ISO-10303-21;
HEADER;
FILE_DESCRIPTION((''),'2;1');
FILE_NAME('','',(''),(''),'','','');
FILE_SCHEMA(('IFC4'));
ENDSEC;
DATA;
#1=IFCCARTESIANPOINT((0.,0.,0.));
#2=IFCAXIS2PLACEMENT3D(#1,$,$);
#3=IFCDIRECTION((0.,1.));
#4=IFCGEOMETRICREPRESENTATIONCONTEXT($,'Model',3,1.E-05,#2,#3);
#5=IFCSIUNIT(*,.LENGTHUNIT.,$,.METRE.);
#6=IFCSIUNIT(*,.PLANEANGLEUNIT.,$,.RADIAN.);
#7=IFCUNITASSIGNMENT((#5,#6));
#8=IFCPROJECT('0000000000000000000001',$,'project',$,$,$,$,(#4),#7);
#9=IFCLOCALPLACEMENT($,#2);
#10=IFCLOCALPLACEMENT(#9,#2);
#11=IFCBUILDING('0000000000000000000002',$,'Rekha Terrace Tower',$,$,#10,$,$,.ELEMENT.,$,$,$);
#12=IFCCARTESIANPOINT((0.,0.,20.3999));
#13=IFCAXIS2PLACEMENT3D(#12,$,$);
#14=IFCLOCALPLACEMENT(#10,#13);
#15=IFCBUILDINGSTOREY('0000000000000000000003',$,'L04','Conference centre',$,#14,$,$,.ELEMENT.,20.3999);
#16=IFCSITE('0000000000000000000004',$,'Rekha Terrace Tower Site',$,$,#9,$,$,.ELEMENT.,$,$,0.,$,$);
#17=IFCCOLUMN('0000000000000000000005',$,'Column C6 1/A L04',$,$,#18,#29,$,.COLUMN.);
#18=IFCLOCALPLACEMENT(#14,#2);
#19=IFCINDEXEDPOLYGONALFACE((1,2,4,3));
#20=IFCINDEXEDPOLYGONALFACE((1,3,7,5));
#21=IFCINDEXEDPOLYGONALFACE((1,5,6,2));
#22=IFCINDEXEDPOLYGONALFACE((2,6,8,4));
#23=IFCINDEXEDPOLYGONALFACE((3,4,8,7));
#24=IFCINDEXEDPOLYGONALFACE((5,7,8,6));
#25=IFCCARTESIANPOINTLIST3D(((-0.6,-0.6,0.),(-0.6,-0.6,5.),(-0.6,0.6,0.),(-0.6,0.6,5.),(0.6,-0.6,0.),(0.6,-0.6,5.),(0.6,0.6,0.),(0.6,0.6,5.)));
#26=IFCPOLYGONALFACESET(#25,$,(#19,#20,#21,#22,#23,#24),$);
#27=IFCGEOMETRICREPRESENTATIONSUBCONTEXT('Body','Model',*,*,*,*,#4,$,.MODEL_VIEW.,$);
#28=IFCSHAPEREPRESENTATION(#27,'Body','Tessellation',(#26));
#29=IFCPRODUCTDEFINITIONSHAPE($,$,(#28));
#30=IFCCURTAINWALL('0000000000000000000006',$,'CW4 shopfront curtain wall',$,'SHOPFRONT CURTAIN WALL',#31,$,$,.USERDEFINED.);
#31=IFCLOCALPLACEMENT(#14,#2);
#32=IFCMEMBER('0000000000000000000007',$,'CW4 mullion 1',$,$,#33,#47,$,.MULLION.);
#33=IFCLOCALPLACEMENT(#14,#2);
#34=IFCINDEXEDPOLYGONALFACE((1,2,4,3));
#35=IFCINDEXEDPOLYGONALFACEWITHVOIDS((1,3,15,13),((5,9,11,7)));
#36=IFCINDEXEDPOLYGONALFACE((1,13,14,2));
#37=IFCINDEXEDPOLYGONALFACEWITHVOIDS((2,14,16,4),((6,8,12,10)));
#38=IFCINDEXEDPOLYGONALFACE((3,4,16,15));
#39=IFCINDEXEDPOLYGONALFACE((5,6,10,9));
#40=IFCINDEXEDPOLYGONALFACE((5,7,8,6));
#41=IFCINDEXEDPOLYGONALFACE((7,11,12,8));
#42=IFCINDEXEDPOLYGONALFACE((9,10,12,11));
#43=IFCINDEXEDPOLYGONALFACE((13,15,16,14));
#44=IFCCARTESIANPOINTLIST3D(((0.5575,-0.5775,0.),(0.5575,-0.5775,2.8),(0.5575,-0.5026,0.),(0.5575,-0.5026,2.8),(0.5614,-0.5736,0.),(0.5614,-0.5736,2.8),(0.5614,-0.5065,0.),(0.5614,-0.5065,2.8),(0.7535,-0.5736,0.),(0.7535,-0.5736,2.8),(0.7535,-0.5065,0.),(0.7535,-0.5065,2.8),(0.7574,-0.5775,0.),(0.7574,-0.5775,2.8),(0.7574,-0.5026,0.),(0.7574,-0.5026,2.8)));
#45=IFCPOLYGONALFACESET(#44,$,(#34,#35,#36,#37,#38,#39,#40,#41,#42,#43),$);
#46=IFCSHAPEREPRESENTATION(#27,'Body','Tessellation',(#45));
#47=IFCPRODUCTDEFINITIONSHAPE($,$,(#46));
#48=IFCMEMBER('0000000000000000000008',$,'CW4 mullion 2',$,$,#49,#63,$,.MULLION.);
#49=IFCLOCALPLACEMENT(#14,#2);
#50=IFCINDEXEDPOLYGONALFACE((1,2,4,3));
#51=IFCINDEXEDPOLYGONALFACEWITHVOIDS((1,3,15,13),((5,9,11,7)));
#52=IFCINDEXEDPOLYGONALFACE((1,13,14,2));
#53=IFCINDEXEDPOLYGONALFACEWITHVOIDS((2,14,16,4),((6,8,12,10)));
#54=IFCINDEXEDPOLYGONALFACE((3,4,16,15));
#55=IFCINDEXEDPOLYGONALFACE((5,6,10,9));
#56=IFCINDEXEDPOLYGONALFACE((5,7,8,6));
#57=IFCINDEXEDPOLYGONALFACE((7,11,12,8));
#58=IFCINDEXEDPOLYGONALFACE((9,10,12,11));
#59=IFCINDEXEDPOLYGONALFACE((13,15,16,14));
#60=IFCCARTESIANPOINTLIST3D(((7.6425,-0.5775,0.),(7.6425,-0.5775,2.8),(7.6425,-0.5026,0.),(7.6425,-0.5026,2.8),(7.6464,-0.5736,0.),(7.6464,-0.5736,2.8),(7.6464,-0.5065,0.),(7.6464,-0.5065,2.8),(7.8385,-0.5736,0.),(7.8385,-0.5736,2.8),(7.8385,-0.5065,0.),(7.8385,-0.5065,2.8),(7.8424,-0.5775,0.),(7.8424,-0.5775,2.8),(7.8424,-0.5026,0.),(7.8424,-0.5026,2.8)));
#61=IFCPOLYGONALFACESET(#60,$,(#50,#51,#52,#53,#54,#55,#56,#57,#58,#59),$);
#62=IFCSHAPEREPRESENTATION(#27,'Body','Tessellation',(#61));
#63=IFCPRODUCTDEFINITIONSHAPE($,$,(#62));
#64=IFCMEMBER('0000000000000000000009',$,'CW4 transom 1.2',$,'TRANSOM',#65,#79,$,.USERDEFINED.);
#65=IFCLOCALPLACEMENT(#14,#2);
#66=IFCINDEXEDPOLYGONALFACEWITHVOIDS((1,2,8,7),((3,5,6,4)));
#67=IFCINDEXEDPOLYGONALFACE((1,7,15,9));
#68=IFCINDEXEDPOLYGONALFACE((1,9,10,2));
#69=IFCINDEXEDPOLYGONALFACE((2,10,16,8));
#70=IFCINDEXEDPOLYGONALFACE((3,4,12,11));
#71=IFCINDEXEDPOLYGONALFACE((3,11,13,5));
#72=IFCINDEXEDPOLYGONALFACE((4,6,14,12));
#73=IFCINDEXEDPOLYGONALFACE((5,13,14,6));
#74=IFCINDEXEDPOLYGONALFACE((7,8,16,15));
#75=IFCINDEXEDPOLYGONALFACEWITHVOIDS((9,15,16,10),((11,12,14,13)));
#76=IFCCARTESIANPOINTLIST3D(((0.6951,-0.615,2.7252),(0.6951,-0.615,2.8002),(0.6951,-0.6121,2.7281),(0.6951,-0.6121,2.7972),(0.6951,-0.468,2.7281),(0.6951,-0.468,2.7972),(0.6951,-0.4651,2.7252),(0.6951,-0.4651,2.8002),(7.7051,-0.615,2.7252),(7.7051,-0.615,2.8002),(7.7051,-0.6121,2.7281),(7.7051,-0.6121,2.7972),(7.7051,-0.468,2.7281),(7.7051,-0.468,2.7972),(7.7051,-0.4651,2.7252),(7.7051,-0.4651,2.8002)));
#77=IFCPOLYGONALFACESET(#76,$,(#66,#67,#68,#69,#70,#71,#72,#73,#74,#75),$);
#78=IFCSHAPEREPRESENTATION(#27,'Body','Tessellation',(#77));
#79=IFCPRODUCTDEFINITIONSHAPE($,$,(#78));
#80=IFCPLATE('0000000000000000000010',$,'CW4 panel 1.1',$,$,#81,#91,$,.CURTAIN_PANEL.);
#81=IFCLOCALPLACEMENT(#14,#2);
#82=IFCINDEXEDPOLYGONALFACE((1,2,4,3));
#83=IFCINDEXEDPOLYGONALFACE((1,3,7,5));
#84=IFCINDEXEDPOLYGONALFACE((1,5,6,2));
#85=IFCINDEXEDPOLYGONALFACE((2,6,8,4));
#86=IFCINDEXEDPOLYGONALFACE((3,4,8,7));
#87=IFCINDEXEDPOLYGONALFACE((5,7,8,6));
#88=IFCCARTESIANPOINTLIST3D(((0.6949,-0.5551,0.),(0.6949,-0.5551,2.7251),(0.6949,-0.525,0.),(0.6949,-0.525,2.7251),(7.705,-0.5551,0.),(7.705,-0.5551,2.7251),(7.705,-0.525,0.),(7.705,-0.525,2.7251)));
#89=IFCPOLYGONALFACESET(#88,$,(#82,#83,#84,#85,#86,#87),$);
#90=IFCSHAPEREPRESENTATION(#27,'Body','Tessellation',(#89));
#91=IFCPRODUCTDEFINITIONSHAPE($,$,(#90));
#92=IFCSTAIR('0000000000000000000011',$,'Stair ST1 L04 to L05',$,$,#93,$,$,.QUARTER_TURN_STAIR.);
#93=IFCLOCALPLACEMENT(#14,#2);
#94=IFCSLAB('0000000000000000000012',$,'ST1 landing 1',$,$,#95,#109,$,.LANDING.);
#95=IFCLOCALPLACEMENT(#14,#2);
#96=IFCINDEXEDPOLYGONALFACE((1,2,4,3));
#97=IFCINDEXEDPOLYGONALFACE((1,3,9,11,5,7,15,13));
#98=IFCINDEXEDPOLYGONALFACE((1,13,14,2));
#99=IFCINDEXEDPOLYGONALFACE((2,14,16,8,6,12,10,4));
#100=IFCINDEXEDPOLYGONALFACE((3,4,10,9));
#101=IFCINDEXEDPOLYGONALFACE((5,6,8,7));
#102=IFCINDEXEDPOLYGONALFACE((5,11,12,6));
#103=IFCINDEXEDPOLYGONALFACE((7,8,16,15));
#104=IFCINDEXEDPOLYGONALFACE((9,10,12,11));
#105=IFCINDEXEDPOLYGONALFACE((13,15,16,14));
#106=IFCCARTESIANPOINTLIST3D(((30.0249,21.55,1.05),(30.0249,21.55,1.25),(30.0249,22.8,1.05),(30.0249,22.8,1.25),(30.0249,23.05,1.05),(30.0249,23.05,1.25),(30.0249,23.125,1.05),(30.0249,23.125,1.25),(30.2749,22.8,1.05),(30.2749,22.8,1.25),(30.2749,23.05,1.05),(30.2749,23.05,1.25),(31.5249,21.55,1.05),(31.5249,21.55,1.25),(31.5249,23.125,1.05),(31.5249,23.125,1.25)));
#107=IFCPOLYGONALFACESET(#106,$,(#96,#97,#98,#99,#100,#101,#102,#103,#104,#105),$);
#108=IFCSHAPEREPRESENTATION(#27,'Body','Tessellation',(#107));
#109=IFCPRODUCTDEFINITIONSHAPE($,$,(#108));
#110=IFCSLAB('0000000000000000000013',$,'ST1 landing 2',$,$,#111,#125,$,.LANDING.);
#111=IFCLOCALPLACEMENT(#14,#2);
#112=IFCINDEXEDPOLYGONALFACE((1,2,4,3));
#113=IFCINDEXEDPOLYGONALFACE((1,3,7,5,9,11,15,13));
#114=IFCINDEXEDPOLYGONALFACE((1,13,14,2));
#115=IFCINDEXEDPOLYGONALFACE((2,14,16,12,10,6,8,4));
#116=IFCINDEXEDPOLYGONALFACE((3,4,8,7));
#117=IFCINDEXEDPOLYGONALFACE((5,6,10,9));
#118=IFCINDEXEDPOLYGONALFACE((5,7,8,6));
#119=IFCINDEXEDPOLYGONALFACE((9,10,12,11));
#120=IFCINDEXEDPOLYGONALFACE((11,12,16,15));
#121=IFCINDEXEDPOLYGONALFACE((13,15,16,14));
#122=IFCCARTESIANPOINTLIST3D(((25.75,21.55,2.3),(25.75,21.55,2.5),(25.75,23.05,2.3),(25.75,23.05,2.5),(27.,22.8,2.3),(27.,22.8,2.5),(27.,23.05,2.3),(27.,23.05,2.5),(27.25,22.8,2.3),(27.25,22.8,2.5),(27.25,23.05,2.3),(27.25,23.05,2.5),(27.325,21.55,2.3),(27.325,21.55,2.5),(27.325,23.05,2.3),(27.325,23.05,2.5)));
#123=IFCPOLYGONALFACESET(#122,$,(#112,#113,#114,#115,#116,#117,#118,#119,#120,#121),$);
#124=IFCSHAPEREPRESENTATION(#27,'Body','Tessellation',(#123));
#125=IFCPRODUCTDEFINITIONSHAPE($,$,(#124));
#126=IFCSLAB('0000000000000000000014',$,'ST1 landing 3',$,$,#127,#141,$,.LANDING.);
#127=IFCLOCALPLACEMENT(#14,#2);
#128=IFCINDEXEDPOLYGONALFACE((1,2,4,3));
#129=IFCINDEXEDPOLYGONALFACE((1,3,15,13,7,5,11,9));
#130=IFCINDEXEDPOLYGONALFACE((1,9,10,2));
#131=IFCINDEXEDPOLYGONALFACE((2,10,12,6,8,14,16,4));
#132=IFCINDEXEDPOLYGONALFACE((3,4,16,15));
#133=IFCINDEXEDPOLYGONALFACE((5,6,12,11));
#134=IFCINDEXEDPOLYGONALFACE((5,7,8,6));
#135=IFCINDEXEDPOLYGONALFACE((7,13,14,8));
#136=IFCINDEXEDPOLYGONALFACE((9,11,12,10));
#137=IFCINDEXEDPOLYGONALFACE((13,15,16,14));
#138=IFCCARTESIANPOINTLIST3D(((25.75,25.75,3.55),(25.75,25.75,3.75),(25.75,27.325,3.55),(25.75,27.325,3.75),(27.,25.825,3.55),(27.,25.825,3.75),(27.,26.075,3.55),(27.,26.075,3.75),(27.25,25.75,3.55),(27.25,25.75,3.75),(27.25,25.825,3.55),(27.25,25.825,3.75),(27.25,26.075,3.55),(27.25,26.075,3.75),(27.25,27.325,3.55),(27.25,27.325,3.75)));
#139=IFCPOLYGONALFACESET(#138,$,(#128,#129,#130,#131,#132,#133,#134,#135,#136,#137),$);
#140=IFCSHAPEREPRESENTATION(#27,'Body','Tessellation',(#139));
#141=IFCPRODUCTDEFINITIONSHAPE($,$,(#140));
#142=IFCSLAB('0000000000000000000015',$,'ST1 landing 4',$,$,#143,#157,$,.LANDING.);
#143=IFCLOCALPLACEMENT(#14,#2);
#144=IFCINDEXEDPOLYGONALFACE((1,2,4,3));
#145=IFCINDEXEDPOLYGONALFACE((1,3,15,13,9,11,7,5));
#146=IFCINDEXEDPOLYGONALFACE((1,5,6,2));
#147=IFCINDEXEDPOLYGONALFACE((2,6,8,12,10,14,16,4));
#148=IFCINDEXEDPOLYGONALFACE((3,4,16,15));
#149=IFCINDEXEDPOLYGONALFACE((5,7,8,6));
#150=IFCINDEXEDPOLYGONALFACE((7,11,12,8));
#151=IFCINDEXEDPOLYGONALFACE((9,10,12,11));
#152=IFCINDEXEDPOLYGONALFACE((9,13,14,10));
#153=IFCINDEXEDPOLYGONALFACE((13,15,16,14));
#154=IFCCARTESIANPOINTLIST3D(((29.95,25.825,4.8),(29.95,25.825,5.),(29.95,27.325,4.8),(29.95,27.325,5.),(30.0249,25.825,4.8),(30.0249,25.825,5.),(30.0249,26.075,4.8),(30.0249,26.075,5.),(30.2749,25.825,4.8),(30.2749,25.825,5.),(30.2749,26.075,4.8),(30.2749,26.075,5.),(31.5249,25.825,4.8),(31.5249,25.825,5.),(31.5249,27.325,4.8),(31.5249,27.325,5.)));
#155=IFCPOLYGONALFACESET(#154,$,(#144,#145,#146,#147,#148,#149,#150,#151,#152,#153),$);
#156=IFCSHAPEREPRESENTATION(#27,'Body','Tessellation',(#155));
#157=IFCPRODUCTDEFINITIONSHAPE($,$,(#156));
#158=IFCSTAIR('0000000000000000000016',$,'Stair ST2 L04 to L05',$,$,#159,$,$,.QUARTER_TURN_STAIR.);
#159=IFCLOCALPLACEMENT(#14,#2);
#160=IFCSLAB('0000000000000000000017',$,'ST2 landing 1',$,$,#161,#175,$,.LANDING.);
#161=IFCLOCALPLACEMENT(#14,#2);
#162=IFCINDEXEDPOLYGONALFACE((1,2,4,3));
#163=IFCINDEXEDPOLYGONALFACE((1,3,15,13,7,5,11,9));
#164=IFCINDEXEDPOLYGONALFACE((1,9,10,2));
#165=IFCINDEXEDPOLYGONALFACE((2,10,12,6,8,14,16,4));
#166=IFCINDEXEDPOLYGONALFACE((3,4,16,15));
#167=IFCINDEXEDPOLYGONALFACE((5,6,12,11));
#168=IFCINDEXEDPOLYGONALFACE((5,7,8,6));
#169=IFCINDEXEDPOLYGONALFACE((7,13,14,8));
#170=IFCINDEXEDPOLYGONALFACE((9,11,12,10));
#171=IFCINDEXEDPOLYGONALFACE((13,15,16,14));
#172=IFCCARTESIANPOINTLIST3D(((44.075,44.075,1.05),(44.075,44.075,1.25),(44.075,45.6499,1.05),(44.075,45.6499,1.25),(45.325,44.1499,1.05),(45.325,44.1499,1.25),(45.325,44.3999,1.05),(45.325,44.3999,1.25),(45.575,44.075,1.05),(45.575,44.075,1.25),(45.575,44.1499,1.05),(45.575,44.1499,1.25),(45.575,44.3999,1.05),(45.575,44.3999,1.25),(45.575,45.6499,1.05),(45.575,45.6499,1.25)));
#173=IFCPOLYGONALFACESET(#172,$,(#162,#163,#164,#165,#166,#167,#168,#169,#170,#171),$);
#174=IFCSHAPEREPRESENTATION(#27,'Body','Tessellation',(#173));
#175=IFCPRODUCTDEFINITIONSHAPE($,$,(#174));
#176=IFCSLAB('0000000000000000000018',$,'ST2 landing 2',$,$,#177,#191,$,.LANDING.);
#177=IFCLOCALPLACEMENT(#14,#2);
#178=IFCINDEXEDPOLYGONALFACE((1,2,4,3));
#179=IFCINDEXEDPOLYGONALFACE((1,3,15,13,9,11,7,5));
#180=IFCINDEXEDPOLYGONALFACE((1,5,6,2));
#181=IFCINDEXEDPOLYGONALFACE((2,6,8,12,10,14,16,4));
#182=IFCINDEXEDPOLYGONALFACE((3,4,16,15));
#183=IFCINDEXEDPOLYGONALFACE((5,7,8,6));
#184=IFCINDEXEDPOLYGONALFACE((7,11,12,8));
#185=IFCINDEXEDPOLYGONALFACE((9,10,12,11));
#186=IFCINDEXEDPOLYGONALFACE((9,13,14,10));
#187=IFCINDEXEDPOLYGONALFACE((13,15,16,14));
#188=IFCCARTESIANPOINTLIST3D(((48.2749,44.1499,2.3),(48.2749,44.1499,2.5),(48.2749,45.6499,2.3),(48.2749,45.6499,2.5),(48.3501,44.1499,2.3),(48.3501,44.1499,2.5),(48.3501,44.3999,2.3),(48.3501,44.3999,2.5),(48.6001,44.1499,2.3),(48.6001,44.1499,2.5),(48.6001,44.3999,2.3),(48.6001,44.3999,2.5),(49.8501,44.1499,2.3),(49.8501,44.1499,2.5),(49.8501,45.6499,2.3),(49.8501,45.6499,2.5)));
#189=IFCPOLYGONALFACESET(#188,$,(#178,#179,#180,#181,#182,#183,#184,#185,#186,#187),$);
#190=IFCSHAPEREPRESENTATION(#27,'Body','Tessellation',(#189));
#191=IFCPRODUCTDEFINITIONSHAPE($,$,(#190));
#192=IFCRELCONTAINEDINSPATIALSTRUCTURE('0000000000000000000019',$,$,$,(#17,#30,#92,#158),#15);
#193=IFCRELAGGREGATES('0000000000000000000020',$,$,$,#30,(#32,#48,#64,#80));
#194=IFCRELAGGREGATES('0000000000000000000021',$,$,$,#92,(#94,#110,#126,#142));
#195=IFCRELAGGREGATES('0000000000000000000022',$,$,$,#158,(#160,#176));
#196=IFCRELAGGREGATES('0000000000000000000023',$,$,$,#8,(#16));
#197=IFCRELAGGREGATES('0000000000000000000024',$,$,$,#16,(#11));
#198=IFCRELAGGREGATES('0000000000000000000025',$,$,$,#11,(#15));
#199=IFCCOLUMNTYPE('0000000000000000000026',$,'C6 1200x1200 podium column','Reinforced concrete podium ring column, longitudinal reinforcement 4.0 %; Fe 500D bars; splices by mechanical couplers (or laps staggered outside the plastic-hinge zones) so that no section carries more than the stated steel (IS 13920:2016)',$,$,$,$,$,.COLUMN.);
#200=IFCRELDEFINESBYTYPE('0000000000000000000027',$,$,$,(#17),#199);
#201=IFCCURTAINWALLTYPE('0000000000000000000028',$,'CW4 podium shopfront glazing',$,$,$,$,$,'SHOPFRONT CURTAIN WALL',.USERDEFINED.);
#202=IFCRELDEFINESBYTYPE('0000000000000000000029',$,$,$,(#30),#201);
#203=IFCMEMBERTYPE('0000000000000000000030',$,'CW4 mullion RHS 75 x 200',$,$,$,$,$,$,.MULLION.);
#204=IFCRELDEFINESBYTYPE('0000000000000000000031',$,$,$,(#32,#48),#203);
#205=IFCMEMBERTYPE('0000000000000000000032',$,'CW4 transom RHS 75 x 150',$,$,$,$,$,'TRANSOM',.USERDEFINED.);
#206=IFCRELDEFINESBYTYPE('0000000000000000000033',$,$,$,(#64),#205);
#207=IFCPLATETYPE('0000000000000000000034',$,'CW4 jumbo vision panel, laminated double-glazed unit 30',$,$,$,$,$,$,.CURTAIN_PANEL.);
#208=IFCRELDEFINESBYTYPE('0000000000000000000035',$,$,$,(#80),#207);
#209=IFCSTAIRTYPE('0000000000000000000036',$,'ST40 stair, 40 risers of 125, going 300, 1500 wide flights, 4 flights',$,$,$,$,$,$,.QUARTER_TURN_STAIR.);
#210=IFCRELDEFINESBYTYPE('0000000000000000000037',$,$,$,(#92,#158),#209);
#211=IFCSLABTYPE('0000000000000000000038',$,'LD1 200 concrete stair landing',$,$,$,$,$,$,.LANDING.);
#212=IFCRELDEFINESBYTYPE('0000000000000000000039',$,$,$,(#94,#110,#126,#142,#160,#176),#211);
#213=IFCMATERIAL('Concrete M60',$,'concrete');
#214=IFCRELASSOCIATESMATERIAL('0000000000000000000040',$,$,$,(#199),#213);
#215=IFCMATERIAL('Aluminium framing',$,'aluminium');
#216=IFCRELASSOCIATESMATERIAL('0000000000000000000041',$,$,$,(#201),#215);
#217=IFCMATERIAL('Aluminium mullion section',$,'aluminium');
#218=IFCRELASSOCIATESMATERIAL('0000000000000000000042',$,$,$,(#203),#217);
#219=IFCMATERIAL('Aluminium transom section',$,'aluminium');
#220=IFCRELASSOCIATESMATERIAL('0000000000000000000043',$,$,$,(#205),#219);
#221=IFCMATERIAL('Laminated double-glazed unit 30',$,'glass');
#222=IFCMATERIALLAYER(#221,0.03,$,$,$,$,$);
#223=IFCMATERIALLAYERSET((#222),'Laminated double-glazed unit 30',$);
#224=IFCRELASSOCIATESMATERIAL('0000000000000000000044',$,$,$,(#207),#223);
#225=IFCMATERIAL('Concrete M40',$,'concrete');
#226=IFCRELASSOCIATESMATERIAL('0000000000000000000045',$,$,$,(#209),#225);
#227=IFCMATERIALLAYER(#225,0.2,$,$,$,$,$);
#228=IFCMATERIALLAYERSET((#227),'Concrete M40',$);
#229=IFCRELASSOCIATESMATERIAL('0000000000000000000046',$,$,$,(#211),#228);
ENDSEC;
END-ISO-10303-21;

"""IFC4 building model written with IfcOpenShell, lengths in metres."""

from ifc_helpers import new_model, si_unit, direction, frame, origin, origin_with_axes, origin_2d, place, context, subcontext, project, spatial, polyline, rectangle, hollow_rectangle, outline, extrude, material, layer, layer_set, material_profile, profile_set, type_object, element, aggregate, save


model = new_model("IFC4")

# Units and contexts
model_context = context("Model", 3, precision=1e-05, world=origin(), true_north=direction((0.0, 1.0)))
body_context = subcontext(model_context, "Body", "Model", "MODEL_VIEW")
ifc_project = project(units=[si_unit("LENGTHUNIT", "METRE"), si_unit("PLANEANGLEUNIT", "RADIAN")], contexts=[model_context])

# Site, building, storey
site_placement = place(None, origin())
site = spatial("IfcSite", under=ifc_project, at=site_placement, Name="Rekha Terrace Tower Site", CompositionType="ELEMENT", RefElevation=0.0)
building_placement = place(site_placement, origin())
building = spatial("IfcBuilding", under=site, at=building_placement, Name="Rekha Terrace Tower", CompositionType="ELEMENT")
storey_placement = place(building_placement, frame((0.0, 0.0, 20.3999)))
storey = spatial("IfcBuildingStorey", under=building, at=storey_placement, Name="L04", Description="Conference centre", CompositionType="ELEMENT", Elevation=20.3999)

# Column
ifc_material_1 = material(Name="Concrete M60", Category="concrete")
ifc_material_profile_1 = material_profile(ifc_material_1, rectangle(XDim=1.2, YDim=1.2, at=origin_2d()), Name="RC 1200x1200")
ifc_profile_set_1 = profile_set([ifc_material_profile_1], Name="Concrete M60")
column_type = type_object("IfcColumnType", Name="C6 1200x1200 podium column", Description="Reinforced concrete podium ring column, longitudinal reinforcement 4.0 %; Fe 500D bars; splices by mechanical couplers (or laps staggered outside the plastic-hinge zones) so that no section carries more than the stated steel (IS 13920:2016)", PredefinedType="COLUMN", material=ifc_profile_set_1)
column_placement = place(storey_placement, origin_with_axes())
element("IfcColumn", 1, at=column_placement, inside=storey, type_object=column_type, Name="Column C6 1/A L04", PredefinedType="COLUMN", context=body_context, shape_type="SweptSolid", body=[
    extrude(rectangle(XDim=1.2, YDim=1.2, at=origin_2d()), origin(), (0.0, 0.0, 1.0), 5.0),
])

# Curtain wall, members, plate
ifc_material_2 = material(Name="Aluminium framing", Category="aluminium")
curtain_wall_type = type_object("IfcCurtainWallType", Name="CW4 podium shopfront glazing", ElementType="SHOPFRONT CURTAIN WALL", PredefinedType="USERDEFINED", material=ifc_material_2)
curtain_wall_placement = place(storey_placement, origin())
curtain_wall = element("IfcCurtainWall", 2, at=curtain_wall_placement, inside=storey, type_object=curtain_wall_type, Name="CW4 shopfront curtain wall", ObjectType="SHOPFRONT CURTAIN WALL", PredefinedType="USERDEFINED")
ifc_material_3 = material(Name="Aluminium mullion section", Category="aluminium")
ifc_material_profile_2 = material_profile(ifc_material_3, hollow_rectangle(XDim=0.075, YDim=0.2, WallThickness=0.0039, at=origin_2d()), Name="AL RHS 75x200")
ifc_profile_set_2 = profile_set([ifc_material_profile_2], Name="Aluminium mullion section")
member_type_1 = type_object("IfcMemberType", Name="CW4 mullion RHS 75 x 200", PredefinedType="MULLION", material=ifc_profile_set_2)
member_1_placement = place(storey_placement, frame((0.6575, -0.54, 0.0), z_axis=(0.0, 0.0, 1.0), x_axis=(0.0, 1.0, 0.0)))
member_1 = element("IfcMember", 3, at=member_1_placement, type_object=member_type_1, Name="CW4 mullion 1", PredefinedType="MULLION", context=body_context, shape_type="SweptSolid", body=[
    extrude(hollow_rectangle(XDim=0.075, YDim=0.2, WallThickness=0.0039, at=origin_2d()), origin(), (0.0, 0.0, 1.0), 2.8),
])
member_2_placement = place(storey_placement, frame((7.7424, -0.54, 0.0), z_axis=(0.0, 0.0, 1.0), x_axis=(0.0, 1.0, 0.0)))
member_2 = element("IfcMember", 4, at=member_2_placement, type_object=member_type_1, Name="CW4 mullion 2", PredefinedType="MULLION", context=body_context, shape_type="SweptSolid", body=[
    extrude(hollow_rectangle(XDim=0.075, YDim=0.2, WallThickness=0.0039, at=origin_2d()), origin(), (0.0, 0.0, 1.0), 2.8),
])
ifc_material_4 = material(Name="Aluminium transom section", Category="aluminium")
ifc_material_profile_3 = material_profile(ifc_material_4, hollow_rectangle(XDim=0.1499, YDim=0.075, WallThickness=0.0029, at=origin_2d()), Name="AL RHS 150x75")
ifc_profile_set_3 = profile_set([ifc_material_profile_3], Name="Aluminium transom section")
member_type_2 = type_object("IfcMemberType", Name="CW4 transom RHS 75 x 150", ElementType="TRANSOM", PredefinedType="USERDEFINED", material=ifc_profile_set_3)
member_3_placement = place(storey_placement, frame((0.6951, -0.54, 2.7627), z_axis=(1.0, 0.0, 0.0), x_axis=(0.0, 1.0, 0.0)))
member_3 = element("IfcMember", 5, at=member_3_placement, type_object=member_type_2, Name="CW4 transom 1.2", ObjectType="TRANSOM", PredefinedType="USERDEFINED", context=body_context, shape_type="SweptSolid", body=[
    extrude(hollow_rectangle(XDim=0.1499, YDim=0.075, WallThickness=0.0029, at=origin_2d()), origin(), (0.0, 0.0, 1.0), 7.01),
])
ifc_material_5 = material(Name="Laminated double-glazed unit 30", Category="glass")
ifc_layer_1 = layer(ifc_material_5, 0.03)
ifc_layer_set_1 = layer_set([ifc_layer_1], Name="Laminated double-glazed unit 30")
plate_type = type_object("IfcPlateType", Name="CW4 jumbo vision panel, laminated double-glazed unit 30", PredefinedType="CURTAIN_PANEL", material=ifc_layer_set_1)
plate_placement = place(storey_placement, frame((4.2, -0.54, 0.0), z_axis=(0.0, 0.0, 1.0), x_axis=(1.0, 0.0, 0.0)))
plate = element("IfcPlate", 6, at=plate_placement, type_object=plate_type, Name="CW4 panel 1.1", PredefinedType="CURTAIN_PANEL", context=body_context, shape_type="SweptSolid", body=[
    extrude(rectangle(XDim=7.01, YDim=0.03, at=origin_2d()), origin(), (0.0, 0.0, 1.0), 2.7251),
])
aggregate(curtain_wall, [member_1, member_2, member_3, plate])

# Stairs, slabs
ifc_material_6 = material(Name="Concrete M40", Category="concrete")
stair_type = type_object("IfcStairType", Name="ST40 stair, 40 risers of 125, going 300, 1500 wide flights, 4 flights", PredefinedType="QUARTER_TURN_STAIR", material=ifc_material_6)
stair_1_placement = place(storey_placement, origin())
stair_1 = element("IfcStair", 7, at=stair_1_placement, inside=storey, type_object=stair_type, Name="Stair ST1 L04 to L05", PredefinedType="QUARTER_TURN_STAIR")
ifc_layer_2 = layer(ifc_material_6, 0.2)
ifc_layer_set_2 = layer_set([ifc_layer_2], Name="Concrete M40")
slab_type_1 = type_object("IfcSlabType", Name="LD1 200 concrete stair landing", PredefinedType="LANDING", material=ifc_layer_set_2)
slab_1_placement = place(storey_placement, frame((0.0, 0.0, 1.05)))
slab_1 = element("IfcSlab", 8, at=slab_1_placement, type_object=slab_type_1, Name="ST1 landing 1", PredefinedType="LANDING", context=body_context, shape_type="SweptSolid", body=[
    extrude(outline(polyline([(30.0249, 21.55), (31.5249, 21.55), (31.5249, 23.125), (30.0249, 23.125), (30.0249, 23.05), (30.2749, 23.05), (30.2749, 22.8), (30.0249, 22.8), (30.0249, 21.55)])), origin(), (0.0, 0.0, 1.0), 0.2),
])
slab_2_placement = place(storey_placement, frame((0.0, 0.0, 2.3)))
slab_2 = element("IfcSlab", 9, at=slab_2_placement, type_object=slab_type_1, Name="ST1 landing 2", PredefinedType="LANDING", context=body_context, shape_type="SweptSolid", body=[
    extrude(outline(polyline([(25.75, 23.05), (25.75, 21.55), (27.325, 21.55), (27.325, 23.05), (27.25, 23.05), (27.25, 22.8), (27.0, 22.8), (27.0, 23.05), (25.75, 23.05)])), origin(), (0.0, 0.0, 1.0), 0.2),
])
slab_3_placement = place(storey_placement, frame((0.0, 0.0, 3.55)))
slab_3 = element("IfcSlab", 10, at=slab_3_placement, type_object=slab_type_1, Name="ST1 landing 3", PredefinedType="LANDING", context=body_context, shape_type="SweptSolid", body=[
    extrude(outline(polyline([(27.25, 27.325), (25.75, 27.325), (25.75, 25.75), (27.25, 25.75), (27.25, 25.825), (27.0, 25.825), (27.0, 26.075), (27.25, 26.075), (27.25, 27.325)])), origin(), (0.0, 0.0, 1.0), 0.2),
])
slab_4_placement = place(storey_placement, frame((0.0, 0.0, 4.8)))
slab_4 = element("IfcSlab", 11, at=slab_4_placement, type_object=slab_type_1, Name="ST1 landing 4", PredefinedType="LANDING", context=body_context, shape_type="SweptSolid", body=[
    extrude(outline(polyline([(31.5249, 25.825), (31.5249, 27.325), (29.95, 27.325), (29.95, 25.825), (30.0249, 25.825), (30.0249, 26.075), (30.2749, 26.075), (30.2749, 25.825), (31.5249, 25.825)])), origin(), (0.0, 0.0, 1.0), 0.2),
])
aggregate(stair_1, [slab_1, slab_2, slab_3, slab_4])
stair_2_placement = place(storey_placement, origin())
stair_2 = element("IfcStair", 12, at=stair_2_placement, inside=storey, type_object=stair_type, Name="Stair ST2 L04 to L05", PredefinedType="QUARTER_TURN_STAIR")
slab_5_placement = place(storey_placement, frame((0.0, 0.0, 1.05)))
slab_5 = element("IfcSlab", 13, at=slab_5_placement, type_object=slab_type_1, Name="ST2 landing 1", PredefinedType="LANDING", context=body_context, shape_type="SweptSolid", body=[
    extrude(outline(polyline([(45.575, 45.6499), (44.075, 45.6499), (44.075, 44.075), (45.575, 44.075), (45.575, 44.1499), (45.325, 44.1499), (45.325, 44.3999), (45.575, 44.3999), (45.575, 45.6499)])), origin(), (0.0, 0.0, 1.0), 0.2),
])
slab_6_placement = place(storey_placement, frame((0.0, 0.0, 2.3)))
slab_6 = element("IfcSlab", 14, at=slab_6_placement, type_object=slab_type_1, Name="ST2 landing 2", PredefinedType="LANDING", context=body_context, shape_type="SweptSolid", body=[
    extrude(outline(polyline([(49.8501, 44.1499), (49.8501, 45.6499), (48.2749, 45.6499), (48.2749, 44.1499), (48.3501, 44.1499), (48.3501, 44.3999), (48.6001, 44.3999), (48.6001, 44.1499), (49.8501, 44.1499)])), origin(), (0.0, 0.0, 1.0), 0.2),
])
aggregate(stair_2, [slab_5, slab_6])

save(model, "model.ifc")
